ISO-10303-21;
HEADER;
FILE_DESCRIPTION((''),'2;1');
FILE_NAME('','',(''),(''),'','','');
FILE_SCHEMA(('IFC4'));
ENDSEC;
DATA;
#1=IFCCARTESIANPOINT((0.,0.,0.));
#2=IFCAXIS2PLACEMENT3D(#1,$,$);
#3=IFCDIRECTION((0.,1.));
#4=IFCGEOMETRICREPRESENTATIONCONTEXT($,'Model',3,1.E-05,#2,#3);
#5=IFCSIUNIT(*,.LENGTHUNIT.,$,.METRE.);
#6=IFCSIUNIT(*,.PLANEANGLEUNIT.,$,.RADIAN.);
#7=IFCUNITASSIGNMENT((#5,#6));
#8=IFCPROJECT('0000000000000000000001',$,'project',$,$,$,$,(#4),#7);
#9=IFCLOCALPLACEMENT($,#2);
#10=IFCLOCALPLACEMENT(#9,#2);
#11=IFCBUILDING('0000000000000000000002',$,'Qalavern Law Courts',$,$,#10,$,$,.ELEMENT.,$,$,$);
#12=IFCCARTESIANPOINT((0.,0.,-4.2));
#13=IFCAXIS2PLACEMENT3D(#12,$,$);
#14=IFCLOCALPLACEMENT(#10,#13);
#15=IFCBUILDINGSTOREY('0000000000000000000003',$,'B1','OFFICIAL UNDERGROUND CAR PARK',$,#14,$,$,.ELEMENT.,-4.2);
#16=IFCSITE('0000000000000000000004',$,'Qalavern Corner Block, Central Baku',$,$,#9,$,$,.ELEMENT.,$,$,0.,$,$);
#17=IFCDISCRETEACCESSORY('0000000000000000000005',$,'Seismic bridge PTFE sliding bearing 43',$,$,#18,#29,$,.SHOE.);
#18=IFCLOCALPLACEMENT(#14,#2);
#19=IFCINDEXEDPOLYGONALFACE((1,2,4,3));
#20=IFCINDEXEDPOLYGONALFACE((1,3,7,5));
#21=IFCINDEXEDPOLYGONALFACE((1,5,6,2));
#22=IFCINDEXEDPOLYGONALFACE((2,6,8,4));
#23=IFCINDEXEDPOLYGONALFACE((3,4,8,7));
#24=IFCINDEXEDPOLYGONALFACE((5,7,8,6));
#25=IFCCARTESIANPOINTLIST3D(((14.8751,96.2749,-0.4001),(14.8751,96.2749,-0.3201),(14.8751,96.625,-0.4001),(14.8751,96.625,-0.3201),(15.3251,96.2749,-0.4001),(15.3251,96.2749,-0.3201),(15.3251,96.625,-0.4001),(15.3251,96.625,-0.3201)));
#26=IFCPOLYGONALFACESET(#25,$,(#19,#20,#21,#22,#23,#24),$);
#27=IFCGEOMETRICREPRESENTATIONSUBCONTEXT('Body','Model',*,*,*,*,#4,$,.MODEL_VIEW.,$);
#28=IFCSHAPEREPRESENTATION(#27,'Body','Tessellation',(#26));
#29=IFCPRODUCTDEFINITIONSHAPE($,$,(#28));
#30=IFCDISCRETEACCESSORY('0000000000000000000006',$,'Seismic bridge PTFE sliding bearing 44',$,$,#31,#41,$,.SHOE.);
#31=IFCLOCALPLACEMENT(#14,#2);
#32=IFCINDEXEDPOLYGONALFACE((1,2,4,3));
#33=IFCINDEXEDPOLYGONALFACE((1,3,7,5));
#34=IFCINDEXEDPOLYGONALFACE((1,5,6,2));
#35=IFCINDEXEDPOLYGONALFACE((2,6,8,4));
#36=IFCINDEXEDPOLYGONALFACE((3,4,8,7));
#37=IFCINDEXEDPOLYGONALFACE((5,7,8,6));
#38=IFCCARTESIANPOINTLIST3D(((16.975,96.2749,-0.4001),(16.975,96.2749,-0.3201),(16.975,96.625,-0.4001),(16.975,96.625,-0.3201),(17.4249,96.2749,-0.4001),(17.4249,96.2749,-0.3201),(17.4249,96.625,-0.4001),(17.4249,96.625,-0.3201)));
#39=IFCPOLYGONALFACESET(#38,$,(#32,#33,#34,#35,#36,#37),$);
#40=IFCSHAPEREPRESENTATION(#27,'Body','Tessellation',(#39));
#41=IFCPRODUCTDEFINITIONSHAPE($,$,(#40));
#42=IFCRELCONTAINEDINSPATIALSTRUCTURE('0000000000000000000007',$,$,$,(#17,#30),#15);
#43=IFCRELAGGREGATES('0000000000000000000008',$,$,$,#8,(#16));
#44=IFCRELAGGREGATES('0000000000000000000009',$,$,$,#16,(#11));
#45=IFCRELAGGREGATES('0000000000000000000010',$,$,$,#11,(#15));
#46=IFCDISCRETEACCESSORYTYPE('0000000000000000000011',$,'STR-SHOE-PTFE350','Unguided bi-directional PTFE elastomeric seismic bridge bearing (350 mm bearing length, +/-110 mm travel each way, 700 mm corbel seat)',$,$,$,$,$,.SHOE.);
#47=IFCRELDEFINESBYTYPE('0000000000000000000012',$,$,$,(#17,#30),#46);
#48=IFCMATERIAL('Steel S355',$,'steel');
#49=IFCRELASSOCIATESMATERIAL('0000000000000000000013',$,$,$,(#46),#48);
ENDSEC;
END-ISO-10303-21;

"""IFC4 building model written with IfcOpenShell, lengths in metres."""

from ifc_helpers import new_model, si_unit, direction, frame, origin, origin_2d, place, context, subcontext, project, spatial, rectangle, extrude, material, type_object, element, save


model = new_model("IFC4")

# Units and contexts
model_context = context("Model", 3, precision=1e-05, world=origin(), true_north=direction((0.0, 1.0)))
body_context = subcontext(model_context, "Body", "Model", "MODEL_VIEW")
ifc_project = project(units=[si_unit("LENGTHUNIT", "METRE"), si_unit("PLANEANGLEUNIT", "RADIAN")], contexts=[model_context])

# Site, building, storey
site_placement = place(None, origin())
site = spatial("IfcSite", under=ifc_project, at=site_placement, Name="Qalavern Corner Block, Central Baku", CompositionType="ELEMENT", RefElevation=0.0)
building_placement = place(site_placement, origin())
building = spatial("IfcBuilding", under=site, at=building_placement, Name="Qalavern Law Courts", CompositionType="ELEMENT")
storey_placement = place(building_placement, frame((0.0, 0.0, -4.2)))
storey = spatial("IfcBuildingStorey", under=building, at=storey_placement, Name="B1", Description="OFFICIAL UNDERGROUND CAR PARK", CompositionType="ELEMENT", Elevation=-4.2)

# Shared definitions
ifc_material_1 = material(Name="Steel S355", Category="steel")

# Discrete accessories
discrete_accessory_type_1 = type_object("IfcDiscreteAccessoryType", Name="STR-SHOE-PTFE350", Description="Unguided bi-directional PTFE elastomeric seismic bridge bearing (350 mm bearing length, +/-110 mm travel each way, 700 mm corbel seat)", PredefinedType="SHOE", material=ifc_material_1)
for number, where, z_axis, x_axis, name in (
    (1, (15.1001, 96.45, -0.4001), (0.0, 0.0, 1.0), (1.0, 0.0, 0.0), "Seismic bridge PTFE sliding bearing 43"),
    (2, (17.2, 96.45, -0.4001), (0.0, 0.0, 1.0), (1.0, 0.0, 0.0), "Seismic bridge PTFE sliding bearing 44"),
):
    element("IfcDiscreteAccessory", number, at=place(storey_placement, frame(where, z_axis=z_axis, x_axis=x_axis)), inside=storey, type_object=discrete_accessory_type_1, Name=name, PredefinedType="SHOE", context=body_context, shape_type="SweptSolid", body=[
        extrude(rectangle(XDim=0.45, YDim=0.3501, at=origin_2d()), origin(), (0.0, 0.0, 1.0), 0.0801),
    ])

save(model, "model.ifc")
